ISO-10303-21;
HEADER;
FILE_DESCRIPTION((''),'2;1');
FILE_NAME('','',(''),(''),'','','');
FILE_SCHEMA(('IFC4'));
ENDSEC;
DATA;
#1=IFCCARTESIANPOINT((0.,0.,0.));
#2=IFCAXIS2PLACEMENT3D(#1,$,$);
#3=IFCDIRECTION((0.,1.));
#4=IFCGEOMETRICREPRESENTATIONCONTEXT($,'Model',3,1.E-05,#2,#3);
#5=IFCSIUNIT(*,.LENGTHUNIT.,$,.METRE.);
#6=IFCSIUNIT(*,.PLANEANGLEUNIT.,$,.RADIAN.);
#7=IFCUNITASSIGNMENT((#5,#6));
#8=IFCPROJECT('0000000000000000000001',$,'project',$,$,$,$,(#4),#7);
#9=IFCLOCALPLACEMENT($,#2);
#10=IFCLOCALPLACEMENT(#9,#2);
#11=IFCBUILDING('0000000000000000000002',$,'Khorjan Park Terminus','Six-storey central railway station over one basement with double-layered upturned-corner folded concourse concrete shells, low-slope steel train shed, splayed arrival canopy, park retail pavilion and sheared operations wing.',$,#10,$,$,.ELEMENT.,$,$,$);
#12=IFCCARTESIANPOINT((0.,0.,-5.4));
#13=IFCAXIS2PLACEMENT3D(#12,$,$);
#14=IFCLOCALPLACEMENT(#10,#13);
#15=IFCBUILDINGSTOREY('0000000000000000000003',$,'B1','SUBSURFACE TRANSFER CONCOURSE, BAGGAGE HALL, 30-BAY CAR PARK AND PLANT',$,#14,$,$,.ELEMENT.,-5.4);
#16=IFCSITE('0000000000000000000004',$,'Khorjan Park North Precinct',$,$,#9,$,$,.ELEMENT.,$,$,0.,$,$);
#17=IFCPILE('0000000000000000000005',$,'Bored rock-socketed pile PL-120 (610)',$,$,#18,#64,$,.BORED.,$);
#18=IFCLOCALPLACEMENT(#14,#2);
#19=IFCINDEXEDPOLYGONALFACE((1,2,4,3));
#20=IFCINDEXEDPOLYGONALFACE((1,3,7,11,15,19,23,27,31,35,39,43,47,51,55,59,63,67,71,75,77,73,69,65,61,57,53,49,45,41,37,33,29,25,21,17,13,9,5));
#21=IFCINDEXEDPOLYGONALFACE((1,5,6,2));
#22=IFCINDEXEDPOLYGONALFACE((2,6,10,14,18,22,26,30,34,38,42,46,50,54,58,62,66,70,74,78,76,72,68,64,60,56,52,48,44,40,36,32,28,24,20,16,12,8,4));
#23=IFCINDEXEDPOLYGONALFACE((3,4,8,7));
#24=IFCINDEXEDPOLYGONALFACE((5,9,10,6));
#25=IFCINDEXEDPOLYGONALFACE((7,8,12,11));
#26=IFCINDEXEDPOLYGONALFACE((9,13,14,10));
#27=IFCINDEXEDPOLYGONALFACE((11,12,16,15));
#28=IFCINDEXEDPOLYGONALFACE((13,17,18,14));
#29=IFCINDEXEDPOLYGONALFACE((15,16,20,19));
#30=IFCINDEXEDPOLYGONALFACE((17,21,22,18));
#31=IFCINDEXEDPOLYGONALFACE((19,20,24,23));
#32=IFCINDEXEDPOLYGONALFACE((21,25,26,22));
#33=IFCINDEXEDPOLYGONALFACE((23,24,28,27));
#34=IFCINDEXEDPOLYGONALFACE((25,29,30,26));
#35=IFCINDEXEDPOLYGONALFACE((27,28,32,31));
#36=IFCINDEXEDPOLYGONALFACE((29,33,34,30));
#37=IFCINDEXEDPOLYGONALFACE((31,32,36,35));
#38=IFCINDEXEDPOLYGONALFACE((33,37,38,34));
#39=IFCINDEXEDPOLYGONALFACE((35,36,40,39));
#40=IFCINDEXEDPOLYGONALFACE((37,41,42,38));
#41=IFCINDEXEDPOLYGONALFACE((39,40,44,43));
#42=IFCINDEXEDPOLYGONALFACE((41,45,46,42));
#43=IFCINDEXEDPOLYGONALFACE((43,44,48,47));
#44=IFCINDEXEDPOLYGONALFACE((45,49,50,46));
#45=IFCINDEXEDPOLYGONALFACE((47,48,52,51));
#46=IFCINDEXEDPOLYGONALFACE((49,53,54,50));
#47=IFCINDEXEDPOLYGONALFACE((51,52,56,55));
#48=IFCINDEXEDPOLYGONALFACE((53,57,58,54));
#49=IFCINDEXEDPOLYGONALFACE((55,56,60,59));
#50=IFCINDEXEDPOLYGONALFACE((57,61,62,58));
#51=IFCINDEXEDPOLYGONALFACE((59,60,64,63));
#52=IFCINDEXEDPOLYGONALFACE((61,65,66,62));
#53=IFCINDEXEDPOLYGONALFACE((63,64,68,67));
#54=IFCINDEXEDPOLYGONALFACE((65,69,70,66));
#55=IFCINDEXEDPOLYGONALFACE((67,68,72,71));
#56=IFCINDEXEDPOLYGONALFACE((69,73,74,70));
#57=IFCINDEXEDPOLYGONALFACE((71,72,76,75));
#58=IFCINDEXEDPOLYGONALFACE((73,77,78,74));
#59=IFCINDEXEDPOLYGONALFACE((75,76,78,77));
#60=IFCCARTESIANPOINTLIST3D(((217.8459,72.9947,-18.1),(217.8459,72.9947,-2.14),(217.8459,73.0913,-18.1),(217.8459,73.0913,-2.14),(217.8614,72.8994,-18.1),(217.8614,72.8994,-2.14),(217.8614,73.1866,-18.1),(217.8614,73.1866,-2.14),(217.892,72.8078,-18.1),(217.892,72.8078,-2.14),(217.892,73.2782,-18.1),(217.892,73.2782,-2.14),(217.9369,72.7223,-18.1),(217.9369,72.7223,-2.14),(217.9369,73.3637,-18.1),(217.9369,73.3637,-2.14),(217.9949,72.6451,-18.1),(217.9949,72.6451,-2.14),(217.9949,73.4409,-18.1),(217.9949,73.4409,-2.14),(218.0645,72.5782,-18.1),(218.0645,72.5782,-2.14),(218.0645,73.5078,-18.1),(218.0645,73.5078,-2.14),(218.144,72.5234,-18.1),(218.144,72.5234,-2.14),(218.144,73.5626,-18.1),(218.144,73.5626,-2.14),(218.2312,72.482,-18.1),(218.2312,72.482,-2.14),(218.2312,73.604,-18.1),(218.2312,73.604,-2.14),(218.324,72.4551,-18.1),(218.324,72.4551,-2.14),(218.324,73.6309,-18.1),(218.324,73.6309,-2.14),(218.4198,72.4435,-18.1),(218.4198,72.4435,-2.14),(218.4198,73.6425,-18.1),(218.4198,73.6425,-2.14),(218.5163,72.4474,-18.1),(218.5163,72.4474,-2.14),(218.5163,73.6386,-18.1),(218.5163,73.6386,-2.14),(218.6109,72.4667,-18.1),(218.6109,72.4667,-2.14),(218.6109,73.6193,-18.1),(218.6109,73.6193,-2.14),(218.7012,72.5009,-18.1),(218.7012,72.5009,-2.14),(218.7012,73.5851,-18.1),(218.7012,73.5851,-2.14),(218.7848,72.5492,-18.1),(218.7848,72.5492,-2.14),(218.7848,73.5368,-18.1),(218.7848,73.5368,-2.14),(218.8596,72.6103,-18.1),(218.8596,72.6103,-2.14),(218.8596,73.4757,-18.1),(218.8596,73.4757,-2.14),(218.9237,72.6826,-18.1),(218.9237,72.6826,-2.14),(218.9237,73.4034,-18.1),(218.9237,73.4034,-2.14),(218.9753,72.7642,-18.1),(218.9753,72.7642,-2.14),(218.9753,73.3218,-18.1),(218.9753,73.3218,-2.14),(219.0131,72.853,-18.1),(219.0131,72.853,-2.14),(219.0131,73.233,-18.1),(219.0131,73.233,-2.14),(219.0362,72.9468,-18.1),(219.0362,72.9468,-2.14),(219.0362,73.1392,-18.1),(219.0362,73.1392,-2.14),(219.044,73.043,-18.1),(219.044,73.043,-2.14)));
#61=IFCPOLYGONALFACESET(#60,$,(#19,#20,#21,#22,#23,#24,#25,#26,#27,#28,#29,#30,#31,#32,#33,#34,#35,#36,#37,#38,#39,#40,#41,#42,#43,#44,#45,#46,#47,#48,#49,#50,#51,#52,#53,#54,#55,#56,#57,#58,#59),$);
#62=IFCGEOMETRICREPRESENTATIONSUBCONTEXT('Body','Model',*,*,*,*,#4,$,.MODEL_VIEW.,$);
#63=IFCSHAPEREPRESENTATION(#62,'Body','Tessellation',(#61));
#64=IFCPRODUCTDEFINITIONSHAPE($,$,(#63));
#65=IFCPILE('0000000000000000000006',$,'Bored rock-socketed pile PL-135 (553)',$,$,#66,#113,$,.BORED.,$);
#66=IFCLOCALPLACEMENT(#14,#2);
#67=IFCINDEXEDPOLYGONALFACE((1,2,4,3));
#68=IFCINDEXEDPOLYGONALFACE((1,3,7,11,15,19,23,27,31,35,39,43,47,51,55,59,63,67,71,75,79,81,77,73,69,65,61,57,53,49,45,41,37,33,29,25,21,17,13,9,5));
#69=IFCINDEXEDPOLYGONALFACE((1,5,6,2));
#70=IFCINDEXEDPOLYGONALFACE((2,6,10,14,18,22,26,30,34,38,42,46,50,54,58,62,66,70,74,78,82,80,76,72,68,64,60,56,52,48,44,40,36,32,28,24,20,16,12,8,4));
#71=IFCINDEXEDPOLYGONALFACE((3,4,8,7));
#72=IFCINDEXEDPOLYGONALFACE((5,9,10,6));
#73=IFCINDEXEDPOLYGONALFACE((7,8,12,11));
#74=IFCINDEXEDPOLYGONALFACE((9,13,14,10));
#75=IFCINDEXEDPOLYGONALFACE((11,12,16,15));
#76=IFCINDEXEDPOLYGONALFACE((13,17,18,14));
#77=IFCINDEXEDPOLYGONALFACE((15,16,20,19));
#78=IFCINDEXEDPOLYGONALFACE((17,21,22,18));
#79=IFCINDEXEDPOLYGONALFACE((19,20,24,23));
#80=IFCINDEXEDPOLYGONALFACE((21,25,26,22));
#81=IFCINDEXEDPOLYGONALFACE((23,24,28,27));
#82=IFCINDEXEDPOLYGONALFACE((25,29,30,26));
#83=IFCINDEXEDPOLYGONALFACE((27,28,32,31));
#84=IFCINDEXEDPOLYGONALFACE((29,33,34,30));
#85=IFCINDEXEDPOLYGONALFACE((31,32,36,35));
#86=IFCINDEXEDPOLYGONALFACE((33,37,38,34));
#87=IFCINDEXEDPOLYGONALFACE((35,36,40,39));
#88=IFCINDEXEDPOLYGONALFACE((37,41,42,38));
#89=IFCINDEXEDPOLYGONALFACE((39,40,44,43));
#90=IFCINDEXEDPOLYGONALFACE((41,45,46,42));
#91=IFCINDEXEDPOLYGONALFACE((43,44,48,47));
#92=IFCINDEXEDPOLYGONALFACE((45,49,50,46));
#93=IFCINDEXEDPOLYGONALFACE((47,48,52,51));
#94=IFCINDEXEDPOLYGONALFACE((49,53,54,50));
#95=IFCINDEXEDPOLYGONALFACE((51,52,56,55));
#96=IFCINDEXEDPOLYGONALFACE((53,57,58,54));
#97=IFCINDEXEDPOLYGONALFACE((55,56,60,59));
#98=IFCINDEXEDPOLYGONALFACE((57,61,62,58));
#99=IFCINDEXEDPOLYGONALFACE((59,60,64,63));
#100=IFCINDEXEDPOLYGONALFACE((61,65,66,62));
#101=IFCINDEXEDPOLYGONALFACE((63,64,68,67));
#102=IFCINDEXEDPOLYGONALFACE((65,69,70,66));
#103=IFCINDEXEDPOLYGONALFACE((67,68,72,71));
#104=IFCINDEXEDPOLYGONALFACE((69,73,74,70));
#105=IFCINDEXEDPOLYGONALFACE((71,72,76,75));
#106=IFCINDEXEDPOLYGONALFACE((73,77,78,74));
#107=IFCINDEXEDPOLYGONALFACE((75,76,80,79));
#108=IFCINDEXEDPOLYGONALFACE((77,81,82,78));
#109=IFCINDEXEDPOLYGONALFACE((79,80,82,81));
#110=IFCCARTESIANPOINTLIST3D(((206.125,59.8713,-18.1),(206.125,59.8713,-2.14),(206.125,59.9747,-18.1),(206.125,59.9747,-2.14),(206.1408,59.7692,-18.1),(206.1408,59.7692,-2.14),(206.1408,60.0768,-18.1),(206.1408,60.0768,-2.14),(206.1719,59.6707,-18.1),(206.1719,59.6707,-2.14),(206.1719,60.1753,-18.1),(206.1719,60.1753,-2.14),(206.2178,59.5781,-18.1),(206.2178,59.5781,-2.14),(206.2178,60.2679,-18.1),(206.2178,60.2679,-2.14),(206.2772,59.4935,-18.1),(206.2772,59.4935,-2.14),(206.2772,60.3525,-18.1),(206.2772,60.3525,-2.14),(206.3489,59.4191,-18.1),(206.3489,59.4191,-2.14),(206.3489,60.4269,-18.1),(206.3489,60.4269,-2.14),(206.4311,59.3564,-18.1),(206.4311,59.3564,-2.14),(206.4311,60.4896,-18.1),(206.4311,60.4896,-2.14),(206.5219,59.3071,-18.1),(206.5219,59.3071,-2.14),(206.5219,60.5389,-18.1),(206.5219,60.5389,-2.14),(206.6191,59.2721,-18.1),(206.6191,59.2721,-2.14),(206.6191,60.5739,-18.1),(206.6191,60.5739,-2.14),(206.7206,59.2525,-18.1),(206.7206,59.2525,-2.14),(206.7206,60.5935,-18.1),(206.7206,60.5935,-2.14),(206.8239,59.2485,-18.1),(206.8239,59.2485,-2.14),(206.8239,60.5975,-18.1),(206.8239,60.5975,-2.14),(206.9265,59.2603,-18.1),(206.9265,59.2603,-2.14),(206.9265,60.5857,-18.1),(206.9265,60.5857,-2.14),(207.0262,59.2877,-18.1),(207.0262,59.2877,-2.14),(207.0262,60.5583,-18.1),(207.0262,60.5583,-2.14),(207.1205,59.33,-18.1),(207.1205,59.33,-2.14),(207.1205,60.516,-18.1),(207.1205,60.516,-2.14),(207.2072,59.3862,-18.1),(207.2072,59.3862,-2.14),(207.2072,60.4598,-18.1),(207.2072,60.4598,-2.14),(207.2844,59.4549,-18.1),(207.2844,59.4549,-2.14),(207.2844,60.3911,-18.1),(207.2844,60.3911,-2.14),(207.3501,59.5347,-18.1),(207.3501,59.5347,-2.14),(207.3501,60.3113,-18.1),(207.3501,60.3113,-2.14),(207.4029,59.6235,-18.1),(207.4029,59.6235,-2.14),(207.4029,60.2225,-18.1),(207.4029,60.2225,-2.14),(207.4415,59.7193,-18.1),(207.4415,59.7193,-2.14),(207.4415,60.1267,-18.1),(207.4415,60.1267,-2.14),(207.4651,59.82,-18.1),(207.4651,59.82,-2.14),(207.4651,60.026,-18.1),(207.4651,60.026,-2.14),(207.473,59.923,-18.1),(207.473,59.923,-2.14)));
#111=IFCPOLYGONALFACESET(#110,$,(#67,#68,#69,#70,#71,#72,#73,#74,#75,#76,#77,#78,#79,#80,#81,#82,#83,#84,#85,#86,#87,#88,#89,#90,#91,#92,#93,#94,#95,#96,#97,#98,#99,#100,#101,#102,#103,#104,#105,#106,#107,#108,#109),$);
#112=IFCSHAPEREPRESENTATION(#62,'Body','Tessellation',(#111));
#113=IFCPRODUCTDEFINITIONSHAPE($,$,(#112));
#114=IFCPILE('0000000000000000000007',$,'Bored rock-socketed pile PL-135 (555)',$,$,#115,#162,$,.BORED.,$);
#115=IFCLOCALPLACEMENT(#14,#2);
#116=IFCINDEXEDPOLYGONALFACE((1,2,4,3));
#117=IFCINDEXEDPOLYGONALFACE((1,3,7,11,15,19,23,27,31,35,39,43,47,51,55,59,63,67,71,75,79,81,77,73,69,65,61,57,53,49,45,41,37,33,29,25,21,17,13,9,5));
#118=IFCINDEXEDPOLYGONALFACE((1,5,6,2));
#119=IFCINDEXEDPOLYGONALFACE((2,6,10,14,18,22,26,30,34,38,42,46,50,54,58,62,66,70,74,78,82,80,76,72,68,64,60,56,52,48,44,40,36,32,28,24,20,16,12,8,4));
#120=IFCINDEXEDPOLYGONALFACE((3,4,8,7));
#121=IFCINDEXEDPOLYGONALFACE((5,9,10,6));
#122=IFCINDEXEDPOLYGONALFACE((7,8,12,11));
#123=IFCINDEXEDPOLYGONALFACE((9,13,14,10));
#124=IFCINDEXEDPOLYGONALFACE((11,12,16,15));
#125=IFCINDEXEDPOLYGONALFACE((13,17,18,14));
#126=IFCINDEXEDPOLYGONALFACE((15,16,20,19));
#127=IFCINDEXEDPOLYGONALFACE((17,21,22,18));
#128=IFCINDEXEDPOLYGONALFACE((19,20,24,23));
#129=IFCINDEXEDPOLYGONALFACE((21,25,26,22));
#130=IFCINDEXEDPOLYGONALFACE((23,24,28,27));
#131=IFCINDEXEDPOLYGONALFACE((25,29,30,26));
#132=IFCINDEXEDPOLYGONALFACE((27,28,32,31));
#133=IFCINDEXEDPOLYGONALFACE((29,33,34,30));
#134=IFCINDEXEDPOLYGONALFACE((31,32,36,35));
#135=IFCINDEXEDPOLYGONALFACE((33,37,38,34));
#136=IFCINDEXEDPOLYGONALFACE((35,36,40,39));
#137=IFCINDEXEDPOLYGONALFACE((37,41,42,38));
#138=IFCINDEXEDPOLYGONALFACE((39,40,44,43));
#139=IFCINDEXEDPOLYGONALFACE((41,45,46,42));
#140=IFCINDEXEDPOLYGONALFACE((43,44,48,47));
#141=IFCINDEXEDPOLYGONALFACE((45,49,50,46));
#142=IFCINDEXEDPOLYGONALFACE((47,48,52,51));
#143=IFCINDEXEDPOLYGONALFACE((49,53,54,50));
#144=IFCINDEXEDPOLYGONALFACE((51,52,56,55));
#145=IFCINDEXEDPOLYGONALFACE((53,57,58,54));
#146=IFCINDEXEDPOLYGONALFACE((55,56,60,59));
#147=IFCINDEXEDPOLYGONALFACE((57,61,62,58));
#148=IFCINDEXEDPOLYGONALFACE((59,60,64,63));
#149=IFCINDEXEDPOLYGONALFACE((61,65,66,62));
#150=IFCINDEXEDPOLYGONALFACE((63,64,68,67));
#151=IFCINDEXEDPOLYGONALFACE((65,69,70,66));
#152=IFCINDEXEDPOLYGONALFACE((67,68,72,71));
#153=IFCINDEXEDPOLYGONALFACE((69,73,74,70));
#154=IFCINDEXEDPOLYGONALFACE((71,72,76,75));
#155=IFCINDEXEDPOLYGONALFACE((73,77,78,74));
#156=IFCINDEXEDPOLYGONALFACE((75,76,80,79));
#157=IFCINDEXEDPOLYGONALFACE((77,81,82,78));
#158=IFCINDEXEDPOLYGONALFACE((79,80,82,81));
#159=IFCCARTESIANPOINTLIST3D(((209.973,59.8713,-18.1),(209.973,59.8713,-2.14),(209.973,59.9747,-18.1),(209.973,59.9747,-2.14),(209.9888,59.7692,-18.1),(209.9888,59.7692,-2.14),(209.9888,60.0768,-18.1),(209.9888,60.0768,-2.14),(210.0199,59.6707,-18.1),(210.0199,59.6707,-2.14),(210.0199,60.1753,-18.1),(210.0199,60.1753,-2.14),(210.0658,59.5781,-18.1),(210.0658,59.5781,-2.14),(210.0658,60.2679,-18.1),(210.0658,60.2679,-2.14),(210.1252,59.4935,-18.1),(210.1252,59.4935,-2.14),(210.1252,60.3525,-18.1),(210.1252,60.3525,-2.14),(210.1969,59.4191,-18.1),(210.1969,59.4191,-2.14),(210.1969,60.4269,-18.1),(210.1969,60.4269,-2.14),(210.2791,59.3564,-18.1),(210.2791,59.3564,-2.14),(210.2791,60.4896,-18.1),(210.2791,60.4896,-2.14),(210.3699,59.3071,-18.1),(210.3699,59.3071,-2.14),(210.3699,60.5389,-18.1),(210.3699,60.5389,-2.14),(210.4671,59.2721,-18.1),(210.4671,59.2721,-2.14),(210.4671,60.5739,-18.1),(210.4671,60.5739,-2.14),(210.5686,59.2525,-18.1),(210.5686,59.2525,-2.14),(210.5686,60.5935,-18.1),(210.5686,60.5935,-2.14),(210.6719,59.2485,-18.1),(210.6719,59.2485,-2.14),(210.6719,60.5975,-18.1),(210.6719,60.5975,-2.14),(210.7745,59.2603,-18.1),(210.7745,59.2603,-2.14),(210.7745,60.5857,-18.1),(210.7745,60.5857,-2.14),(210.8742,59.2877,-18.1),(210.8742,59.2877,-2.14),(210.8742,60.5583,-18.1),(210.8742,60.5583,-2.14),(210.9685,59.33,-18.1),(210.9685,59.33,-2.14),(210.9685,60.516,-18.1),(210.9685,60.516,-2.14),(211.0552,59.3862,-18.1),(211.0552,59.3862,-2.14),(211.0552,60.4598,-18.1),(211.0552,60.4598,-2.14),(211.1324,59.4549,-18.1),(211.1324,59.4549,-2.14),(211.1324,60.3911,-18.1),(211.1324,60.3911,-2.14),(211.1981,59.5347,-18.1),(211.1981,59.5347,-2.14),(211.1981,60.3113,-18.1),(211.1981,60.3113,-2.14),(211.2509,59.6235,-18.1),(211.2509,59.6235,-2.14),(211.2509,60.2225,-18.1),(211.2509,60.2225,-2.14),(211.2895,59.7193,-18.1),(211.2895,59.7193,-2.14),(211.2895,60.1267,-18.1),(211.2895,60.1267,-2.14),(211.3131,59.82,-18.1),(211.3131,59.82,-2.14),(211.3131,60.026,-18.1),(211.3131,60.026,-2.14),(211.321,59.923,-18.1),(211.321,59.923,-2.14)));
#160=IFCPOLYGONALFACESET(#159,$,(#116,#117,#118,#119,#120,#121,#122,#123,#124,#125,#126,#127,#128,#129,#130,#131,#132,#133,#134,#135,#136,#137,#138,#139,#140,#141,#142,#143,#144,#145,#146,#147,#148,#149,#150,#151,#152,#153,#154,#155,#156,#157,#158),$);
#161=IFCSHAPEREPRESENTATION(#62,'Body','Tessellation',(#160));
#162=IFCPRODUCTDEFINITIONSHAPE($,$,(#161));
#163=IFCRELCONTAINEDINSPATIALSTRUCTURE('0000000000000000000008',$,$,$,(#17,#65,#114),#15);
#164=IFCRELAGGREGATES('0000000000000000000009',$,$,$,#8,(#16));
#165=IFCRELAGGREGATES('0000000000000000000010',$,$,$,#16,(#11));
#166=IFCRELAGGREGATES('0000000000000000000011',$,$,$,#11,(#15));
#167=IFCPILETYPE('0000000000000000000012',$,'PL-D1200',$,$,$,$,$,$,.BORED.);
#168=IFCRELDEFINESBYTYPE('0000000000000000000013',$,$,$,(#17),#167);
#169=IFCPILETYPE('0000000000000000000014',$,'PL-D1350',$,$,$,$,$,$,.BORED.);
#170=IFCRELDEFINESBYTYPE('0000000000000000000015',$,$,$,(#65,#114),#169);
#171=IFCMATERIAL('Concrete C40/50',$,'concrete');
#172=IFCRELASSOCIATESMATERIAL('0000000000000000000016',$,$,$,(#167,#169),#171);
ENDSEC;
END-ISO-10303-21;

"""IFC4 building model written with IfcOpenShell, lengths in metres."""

from ifc_helpers import new_model, si_unit, direction, frame, origin, origin_2d, place, context, subcontext, project, spatial, circle, extrude, material, material_profile, profile_set, type_object, element, save


model = new_model("IFC4")

# Units and contexts
model_context = context("Model", 3, precision=1e-05, world=origin(), true_north=direction((0.0, 1.0)))
body_context = subcontext(model_context, "Body", "Model", "MODEL_VIEW")
ifc_project = project(units=[si_unit("LENGTHUNIT", "METRE"), si_unit("PLANEANGLEUNIT", "RADIAN")], contexts=[model_context])

# Site, building, storey
site_placement = place(None, origin())
site = spatial("IfcSite", under=ifc_project, at=site_placement, Name="Khorjan Park North Precinct", CompositionType="ELEMENT", RefElevation=0.0)
building_placement = place(site_placement, origin())
building = spatial("IfcBuilding", under=site, at=building_placement, Name="Khorjan Park Terminus", Description="Six-storey central railway station over one basement with double-layered upturned-corner folded concourse concrete shells, low-slope steel train shed, splayed arrival canopy, park retail pavilion and sheared operations wing.", CompositionType="ELEMENT")
storey_placement = place(building_placement, frame((0.0, 0.0, -5.4)))
storey = spatial("IfcBuildingStorey", under=building, at=storey_placement, Name="B1", Description="SUBSURFACE TRANSFER CONCOURSE, BAGGAGE HALL, 30-BAY CAR PARK AND PLANT", CompositionType="ELEMENT", Elevation=-5.4)

# Piles
ifc_material_1 = material(Name="Concrete C40/50", Category="concrete")
ifc_material_profile_1 = material_profile(ifc_material_1, circle(Radius=0.6, at=origin_2d()), Name="BORED D1200")
ifc_profile_set_1 = profile_set([ifc_material_profile_1], Name="Concrete C40/50")
pile_type_1 = type_object("IfcPileType", Name="PL-D1200", PredefinedType="BORED", material=ifc_profile_set_1)
for number, where, z_axis, x_axis, name in (
    (1, (218.444, 73.043, -2.14), (0.0, 0.0, -1.0), (1.0, 0.0, 0.0), "Bored rock-socketed pile PL-120 (610)"),
):
    element("IfcPile", number, at=place(storey_placement, frame(where, z_axis=z_axis, x_axis=x_axis)), inside=storey, type_object=pile_type_1, Name=name, PredefinedType="BORED", context=body_context, shape_type="SweptSolid", body=[
        extrude(circle(Radius=0.6, at=origin_2d()), origin(), (0.0, 0.0, 1.0), 15.96),
    ])
ifc_material_profile_2 = material_profile(ifc_material_1, circle(Radius=0.675, at=origin_2d()), Name="BORED D1350")
ifc_profile_set_2 = profile_set([ifc_material_profile_2], Name="Concrete C40/50")
pile_type_2 = type_object("IfcPileType", Name="PL-D1350", PredefinedType="BORED", material=ifc_profile_set_2)
for number, where, z_axis, x_axis, name in (
    (2, (206.798, 59.923, -2.14), (0.0, 0.0, -1.0), (1.0, 0.0, 0.0), "Bored rock-socketed pile PL-135 (553)"),
    (3, (210.646, 59.923, -2.14), (0.0, 0.0, -1.0), (1.0, 0.0, 0.0), "Bored rock-socketed pile PL-135 (555)"),
):
    element("IfcPile", number, at=place(storey_placement, frame(where, z_axis=z_axis, x_axis=x_axis)), inside=storey, type_object=pile_type_2, Name=name, PredefinedType="BORED", context=body_context, shape_type="SweptSolid", body=[
        extrude(circle(Radius=0.675, at=origin_2d()), origin(), (0.0, 0.0, 1.0), 15.96),
    ])

save(model, "model.ifc")
